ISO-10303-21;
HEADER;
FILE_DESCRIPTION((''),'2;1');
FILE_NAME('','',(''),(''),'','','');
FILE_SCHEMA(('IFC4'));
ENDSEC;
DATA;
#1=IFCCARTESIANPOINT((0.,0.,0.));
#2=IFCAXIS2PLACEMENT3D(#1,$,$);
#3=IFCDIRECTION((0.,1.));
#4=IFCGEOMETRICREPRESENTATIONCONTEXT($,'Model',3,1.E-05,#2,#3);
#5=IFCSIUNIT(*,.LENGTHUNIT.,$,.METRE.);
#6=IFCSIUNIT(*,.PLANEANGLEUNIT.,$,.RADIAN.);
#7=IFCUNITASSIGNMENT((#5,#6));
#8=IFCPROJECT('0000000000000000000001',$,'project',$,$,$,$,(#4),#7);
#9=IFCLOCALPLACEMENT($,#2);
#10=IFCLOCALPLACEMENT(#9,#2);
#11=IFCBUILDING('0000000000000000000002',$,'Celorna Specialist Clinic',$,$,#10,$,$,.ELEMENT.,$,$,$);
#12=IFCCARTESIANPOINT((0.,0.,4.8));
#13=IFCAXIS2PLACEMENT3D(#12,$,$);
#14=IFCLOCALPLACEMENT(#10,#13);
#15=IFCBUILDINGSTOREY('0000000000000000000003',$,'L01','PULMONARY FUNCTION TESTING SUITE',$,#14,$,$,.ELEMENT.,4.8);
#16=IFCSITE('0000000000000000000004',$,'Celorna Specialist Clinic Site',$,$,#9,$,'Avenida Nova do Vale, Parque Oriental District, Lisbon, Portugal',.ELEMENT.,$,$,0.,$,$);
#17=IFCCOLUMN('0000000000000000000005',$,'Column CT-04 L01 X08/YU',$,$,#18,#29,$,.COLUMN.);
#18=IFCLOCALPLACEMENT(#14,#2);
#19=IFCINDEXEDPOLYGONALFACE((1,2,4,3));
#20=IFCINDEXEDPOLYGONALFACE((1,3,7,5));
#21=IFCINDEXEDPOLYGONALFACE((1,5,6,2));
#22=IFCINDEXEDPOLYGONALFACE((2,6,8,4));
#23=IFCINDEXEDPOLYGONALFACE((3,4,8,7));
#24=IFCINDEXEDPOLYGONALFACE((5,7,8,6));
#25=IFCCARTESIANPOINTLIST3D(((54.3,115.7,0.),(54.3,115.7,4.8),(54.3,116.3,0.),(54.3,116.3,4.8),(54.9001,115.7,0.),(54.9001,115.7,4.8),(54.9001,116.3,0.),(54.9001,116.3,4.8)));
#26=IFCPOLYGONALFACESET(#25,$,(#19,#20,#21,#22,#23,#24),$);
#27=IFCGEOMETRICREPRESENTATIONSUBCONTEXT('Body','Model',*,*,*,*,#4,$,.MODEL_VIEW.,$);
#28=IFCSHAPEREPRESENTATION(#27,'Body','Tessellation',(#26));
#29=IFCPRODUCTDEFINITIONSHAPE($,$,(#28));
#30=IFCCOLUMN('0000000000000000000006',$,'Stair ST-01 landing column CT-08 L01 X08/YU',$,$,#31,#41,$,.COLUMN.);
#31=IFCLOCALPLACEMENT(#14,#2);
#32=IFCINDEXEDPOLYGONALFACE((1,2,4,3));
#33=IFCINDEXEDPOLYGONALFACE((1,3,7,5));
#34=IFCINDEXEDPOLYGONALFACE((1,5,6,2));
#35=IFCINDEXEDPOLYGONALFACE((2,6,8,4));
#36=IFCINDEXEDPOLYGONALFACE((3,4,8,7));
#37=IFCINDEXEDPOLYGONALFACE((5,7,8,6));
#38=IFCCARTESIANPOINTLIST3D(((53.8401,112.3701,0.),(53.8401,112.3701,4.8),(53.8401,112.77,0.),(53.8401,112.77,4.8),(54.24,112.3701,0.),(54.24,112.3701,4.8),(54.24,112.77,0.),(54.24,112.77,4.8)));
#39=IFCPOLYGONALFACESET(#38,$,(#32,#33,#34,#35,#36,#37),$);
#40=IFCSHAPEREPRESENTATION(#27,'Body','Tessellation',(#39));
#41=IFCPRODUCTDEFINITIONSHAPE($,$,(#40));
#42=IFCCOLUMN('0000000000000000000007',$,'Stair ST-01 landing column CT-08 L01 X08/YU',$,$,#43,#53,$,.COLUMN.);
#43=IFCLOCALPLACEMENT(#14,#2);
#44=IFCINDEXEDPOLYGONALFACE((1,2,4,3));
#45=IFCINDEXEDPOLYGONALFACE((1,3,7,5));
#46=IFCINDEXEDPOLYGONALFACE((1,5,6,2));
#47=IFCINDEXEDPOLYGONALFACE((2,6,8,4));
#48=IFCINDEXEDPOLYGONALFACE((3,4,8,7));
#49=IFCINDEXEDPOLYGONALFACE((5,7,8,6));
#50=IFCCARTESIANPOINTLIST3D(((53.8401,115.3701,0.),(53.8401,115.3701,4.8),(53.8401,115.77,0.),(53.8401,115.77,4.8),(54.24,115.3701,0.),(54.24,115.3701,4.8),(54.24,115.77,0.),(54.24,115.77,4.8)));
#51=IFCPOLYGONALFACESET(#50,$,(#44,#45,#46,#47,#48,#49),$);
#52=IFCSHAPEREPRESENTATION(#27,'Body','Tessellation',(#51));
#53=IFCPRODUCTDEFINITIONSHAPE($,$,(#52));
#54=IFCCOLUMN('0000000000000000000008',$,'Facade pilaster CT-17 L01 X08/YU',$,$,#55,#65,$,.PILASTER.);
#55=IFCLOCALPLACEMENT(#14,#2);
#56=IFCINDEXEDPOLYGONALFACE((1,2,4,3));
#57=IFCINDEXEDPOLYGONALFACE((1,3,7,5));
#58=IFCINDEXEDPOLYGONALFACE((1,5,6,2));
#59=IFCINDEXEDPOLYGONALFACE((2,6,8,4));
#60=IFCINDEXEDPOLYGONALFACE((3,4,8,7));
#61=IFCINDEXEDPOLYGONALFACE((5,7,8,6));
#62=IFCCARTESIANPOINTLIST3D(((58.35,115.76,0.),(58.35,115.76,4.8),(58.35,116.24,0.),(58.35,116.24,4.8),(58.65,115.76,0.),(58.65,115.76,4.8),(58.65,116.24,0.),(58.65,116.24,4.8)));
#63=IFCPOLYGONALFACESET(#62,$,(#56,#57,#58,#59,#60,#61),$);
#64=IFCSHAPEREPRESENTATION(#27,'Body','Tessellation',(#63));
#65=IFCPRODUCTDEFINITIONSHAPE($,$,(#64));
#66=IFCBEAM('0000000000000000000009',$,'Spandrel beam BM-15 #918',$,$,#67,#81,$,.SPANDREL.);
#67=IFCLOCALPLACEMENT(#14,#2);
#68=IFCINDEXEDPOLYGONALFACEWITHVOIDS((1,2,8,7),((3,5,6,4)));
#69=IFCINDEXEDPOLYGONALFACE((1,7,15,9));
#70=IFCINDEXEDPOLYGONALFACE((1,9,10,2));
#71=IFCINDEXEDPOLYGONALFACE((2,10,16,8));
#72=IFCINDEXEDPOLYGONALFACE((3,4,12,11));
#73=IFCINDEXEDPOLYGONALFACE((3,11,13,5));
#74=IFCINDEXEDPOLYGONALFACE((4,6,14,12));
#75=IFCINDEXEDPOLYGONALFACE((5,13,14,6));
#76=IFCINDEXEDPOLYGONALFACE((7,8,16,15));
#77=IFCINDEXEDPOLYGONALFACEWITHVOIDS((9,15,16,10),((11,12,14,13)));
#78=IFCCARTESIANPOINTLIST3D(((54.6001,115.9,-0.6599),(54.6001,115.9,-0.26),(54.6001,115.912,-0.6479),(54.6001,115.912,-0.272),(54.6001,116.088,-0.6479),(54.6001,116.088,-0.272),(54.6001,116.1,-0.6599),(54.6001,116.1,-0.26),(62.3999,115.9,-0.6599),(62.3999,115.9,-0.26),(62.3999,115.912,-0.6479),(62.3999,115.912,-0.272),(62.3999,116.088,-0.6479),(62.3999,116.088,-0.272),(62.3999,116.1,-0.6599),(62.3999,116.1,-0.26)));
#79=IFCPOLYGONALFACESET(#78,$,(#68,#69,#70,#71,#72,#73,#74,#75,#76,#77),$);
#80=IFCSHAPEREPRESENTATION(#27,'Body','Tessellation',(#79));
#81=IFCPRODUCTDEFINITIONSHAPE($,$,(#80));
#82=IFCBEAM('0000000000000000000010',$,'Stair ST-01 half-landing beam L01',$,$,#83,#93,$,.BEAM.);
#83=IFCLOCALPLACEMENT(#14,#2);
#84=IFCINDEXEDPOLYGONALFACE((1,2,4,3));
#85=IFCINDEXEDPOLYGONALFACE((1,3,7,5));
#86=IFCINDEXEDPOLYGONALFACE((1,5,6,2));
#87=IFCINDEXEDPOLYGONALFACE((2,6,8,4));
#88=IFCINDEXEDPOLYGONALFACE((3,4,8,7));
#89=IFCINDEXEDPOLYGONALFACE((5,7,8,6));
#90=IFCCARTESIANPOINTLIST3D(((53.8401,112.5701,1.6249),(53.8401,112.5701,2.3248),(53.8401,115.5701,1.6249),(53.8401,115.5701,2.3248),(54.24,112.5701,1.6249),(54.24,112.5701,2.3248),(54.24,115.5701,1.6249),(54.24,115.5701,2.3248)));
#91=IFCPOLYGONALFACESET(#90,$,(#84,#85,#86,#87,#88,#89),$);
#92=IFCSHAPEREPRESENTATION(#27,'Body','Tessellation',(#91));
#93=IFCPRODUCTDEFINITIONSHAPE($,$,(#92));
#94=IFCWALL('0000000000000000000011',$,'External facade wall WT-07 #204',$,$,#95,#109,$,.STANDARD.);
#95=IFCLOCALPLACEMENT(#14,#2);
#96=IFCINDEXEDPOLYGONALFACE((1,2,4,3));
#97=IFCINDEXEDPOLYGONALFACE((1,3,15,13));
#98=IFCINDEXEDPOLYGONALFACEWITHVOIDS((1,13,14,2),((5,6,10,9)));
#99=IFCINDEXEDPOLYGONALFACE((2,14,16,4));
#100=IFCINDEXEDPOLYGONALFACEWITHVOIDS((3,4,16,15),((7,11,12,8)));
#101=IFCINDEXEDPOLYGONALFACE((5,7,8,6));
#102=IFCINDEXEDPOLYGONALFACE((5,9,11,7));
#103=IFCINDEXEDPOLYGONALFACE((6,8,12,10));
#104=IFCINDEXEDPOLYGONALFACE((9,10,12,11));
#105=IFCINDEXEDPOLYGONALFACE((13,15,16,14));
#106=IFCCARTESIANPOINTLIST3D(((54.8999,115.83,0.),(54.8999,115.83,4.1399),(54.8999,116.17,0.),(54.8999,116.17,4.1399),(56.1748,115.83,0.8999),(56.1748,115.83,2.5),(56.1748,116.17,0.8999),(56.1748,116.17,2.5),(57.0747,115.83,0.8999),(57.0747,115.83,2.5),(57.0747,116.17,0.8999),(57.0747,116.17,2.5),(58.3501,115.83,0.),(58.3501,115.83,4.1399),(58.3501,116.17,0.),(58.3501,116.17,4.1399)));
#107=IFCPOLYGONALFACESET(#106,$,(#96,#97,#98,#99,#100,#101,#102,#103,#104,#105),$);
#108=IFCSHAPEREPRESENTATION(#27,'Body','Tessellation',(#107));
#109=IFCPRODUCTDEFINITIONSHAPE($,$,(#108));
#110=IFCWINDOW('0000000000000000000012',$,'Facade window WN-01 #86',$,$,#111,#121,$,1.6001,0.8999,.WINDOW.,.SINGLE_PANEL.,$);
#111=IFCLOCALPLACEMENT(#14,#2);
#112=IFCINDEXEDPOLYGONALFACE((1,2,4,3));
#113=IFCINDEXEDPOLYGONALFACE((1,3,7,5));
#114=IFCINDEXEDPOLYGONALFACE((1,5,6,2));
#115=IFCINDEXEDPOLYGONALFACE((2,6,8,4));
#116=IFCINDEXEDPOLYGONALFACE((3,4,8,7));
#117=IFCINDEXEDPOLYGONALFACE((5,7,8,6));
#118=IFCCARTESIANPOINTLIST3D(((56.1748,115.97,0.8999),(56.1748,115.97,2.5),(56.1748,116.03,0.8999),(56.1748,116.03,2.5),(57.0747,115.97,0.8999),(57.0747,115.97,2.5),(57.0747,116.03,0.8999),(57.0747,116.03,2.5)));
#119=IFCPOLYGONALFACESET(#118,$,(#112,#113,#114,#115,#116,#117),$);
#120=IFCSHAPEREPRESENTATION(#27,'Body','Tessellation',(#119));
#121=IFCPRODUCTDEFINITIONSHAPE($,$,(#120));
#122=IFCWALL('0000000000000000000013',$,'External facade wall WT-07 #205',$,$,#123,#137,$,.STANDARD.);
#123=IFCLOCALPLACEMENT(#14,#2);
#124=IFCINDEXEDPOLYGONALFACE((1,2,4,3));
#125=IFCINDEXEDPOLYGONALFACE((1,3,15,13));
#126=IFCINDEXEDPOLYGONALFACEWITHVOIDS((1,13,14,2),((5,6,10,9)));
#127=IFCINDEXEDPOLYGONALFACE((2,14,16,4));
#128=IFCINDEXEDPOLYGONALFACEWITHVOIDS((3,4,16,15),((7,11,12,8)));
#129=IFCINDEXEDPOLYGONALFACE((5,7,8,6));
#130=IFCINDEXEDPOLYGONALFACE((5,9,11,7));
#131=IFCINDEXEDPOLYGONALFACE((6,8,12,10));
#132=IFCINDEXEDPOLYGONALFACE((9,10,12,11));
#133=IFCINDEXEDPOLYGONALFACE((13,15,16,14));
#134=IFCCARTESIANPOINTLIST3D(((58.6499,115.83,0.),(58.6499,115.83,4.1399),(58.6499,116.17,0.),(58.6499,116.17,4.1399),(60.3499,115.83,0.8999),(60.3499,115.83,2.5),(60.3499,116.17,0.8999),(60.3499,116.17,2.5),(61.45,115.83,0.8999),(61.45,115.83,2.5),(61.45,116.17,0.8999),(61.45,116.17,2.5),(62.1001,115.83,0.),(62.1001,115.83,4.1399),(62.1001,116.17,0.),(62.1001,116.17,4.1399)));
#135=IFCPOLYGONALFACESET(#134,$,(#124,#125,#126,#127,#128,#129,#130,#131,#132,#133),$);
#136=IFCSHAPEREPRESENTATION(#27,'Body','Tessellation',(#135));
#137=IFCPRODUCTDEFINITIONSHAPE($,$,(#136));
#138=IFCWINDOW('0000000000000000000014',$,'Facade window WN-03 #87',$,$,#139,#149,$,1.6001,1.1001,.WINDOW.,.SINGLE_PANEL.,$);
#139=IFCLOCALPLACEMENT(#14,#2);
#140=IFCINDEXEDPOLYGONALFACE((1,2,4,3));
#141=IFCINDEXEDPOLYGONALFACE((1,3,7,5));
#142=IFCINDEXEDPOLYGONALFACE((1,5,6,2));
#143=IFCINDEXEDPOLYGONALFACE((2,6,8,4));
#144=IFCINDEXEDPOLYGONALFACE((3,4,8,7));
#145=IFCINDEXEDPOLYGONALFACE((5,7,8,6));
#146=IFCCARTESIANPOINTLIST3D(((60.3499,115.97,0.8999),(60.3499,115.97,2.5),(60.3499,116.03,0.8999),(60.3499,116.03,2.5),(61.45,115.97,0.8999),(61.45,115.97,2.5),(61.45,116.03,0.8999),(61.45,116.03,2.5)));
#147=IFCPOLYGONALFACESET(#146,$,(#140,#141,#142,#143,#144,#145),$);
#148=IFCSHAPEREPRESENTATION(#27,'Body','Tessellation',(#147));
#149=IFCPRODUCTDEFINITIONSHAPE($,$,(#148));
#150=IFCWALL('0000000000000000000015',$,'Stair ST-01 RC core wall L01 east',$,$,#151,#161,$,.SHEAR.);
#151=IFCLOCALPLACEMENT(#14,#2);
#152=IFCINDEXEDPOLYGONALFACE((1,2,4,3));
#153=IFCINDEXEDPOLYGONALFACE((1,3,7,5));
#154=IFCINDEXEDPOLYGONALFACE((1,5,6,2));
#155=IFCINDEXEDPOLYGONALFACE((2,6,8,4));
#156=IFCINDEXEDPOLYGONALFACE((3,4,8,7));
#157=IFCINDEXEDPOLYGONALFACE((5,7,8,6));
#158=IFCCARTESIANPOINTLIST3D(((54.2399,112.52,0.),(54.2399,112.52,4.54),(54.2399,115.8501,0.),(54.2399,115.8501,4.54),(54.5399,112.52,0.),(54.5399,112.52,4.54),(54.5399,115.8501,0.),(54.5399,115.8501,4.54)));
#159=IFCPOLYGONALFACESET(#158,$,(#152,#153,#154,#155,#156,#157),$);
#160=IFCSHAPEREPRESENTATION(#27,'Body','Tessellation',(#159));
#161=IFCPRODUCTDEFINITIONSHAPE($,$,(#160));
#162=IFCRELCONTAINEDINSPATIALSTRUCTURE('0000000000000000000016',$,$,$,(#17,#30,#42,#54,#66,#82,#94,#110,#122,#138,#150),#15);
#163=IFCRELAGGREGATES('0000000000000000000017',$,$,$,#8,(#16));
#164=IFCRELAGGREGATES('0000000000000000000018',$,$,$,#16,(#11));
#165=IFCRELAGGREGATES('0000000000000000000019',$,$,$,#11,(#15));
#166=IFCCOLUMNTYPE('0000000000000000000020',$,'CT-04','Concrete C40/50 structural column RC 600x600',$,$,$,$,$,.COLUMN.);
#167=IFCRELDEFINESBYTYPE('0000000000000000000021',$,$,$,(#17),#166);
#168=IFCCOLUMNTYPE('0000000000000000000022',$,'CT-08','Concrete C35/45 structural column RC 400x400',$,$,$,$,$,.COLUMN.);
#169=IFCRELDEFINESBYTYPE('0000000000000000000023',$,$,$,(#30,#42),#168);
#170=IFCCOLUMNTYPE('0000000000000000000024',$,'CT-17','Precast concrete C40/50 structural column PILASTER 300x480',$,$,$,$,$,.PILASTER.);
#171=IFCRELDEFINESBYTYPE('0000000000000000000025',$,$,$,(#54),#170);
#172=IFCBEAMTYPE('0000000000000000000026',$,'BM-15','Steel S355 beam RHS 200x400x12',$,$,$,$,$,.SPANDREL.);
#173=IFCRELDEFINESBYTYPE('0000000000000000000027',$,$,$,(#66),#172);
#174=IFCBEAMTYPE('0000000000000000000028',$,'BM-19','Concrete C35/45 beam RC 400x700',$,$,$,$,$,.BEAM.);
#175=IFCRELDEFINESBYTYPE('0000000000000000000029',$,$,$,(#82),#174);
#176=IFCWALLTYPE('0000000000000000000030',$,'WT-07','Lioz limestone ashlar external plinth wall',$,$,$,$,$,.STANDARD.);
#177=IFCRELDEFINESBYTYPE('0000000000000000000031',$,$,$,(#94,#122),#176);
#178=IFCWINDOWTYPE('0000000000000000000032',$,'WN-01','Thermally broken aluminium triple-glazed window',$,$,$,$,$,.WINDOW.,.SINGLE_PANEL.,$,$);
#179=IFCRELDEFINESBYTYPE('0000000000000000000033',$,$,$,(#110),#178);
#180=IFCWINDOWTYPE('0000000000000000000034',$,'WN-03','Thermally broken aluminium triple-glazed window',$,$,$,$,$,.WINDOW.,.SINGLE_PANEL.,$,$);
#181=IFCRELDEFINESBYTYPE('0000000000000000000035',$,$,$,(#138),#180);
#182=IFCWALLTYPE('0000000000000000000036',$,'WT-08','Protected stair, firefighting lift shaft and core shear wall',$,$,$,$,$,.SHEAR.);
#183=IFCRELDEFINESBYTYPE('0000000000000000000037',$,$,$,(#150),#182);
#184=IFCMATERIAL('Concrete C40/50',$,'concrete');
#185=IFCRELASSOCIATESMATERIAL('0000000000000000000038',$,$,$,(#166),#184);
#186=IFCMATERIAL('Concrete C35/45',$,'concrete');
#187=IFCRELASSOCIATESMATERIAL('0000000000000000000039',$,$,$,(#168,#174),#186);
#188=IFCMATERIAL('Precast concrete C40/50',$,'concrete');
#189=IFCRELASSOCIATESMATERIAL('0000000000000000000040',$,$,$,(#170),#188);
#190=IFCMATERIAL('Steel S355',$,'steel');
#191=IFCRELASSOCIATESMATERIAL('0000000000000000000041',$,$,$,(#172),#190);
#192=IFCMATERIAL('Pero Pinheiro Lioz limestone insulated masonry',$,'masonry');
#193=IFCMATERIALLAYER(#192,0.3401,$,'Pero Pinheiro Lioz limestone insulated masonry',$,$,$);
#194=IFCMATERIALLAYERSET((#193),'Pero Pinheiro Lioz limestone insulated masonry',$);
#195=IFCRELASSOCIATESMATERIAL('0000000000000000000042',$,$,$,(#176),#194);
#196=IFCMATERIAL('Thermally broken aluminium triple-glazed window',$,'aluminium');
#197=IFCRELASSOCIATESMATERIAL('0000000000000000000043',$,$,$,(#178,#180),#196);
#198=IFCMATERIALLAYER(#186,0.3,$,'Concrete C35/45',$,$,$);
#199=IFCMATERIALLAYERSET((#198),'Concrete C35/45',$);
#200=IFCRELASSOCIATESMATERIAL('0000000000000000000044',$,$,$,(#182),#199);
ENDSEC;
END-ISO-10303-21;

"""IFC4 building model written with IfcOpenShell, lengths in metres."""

from ifc_helpers import new_model, si_unit, direction, frame, frame_2d, origin, origin_2d, place, context, subcontext, project, spatial, rectangle, hollow_rectangle, extrude, material, layer, layer_set, material_profile, profile_set, type_object, element, fill, save


model = new_model("IFC4")

# Units and contexts
model_context = context("Model", 3, precision=1e-05, world=origin(), true_north=direction((0.0, 1.0)))
body_context = subcontext(model_context, "Body", "Model", "MODEL_VIEW")
ifc_project = project(units=[si_unit("LENGTHUNIT", "METRE"), si_unit("PLANEANGLEUNIT", "RADIAN")], contexts=[model_context])

# Site, building, storey
site_placement = place(None, origin())
site = spatial("IfcSite", under=ifc_project, at=site_placement, Name="Celorna Specialist Clinic Site", LongName="Avenida Nova do Vale, Parque Oriental District, Lisbon, Portugal", CompositionType="ELEMENT", RefElevation=0.0)
building_placement = place(site_placement, origin())
building = spatial("IfcBuilding", under=site, at=building_placement, Name="Celorna Specialist Clinic", CompositionType="ELEMENT")
storey_placement = place(building_placement, frame((0.0, 0.0, 4.8)))
storey = spatial("IfcBuildingStorey", under=building, at=storey_placement, Name="L01", Description="PULMONARY FUNCTION TESTING SUITE", CompositionType="ELEMENT", Elevation=4.8)

# Columns
ifc_material_1 = material(Name="Concrete C40/50", Category="concrete")
ifc_material_profile_1 = material_profile(ifc_material_1, rectangle(XDim=0.6001, YDim=0.6001, at=origin_2d()), Name="RC 600x600")
ifc_profile_set_1 = profile_set([ifc_material_profile_1], Name="Concrete C40/50")
column_type_1 = type_object("IfcColumnType", Name="CT-04", Description="Concrete C40/50 structural column RC 600x600", PredefinedType="COLUMN", material=ifc_profile_set_1)
column_1_placement = place(storey_placement, frame((54.6001, 116.0, 0.0), z_axis=(0.0, 0.0, 1.0), x_axis=(1.0, 0.0, 0.0)))
element("IfcColumn", 1, at=column_1_placement, inside=storey, type_object=column_type_1, Name="Column CT-04 L01 X08/YU", PredefinedType="COLUMN", context=body_context, shape_type="SweptSolid", body=[
    extrude(rectangle(XDim=0.6001, YDim=0.6001, at=origin_2d()), origin(), (0.0, 0.0, 1.0), 4.8),
])
ifc_material_2 = material(Name="Concrete C35/45", Category="concrete")
ifc_material_profile_2 = material_profile(ifc_material_2, rectangle(XDim=0.3999, YDim=0.3999, at=origin_2d()), Name="RC 400x400")
ifc_profile_set_2 = profile_set([ifc_material_profile_2], Name="Concrete C35/45")
column_type_2 = type_object("IfcColumnType", Name="CT-08", Description="Concrete C35/45 structural column RC 400x400", PredefinedType="COLUMN", material=ifc_profile_set_2)
for number, where, z_axis, x_axis, name in (
    (2, (54.04, 112.5701, 0.0), (0.0, 0.0, 1.0), (1.0, 0.0, 0.0), "Stair ST-01 landing column CT-08 L01 X08/YU"),
    (3, (54.04, 115.5701, 0.0), (0.0, 0.0, 1.0), (1.0, 0.0, 0.0), "Stair ST-01 landing column CT-08 L01 X08/YU"),
):
    element("IfcColumn", number, at=place(storey_placement, frame(where, z_axis=z_axis, x_axis=x_axis)), inside=storey, type_object=column_type_2, Name=name, PredefinedType="COLUMN", context=body_context, shape_type="SweptSolid", body=[
        extrude(rectangle(XDim=0.3999, YDim=0.3999, at=origin_2d()), origin(), (0.0, 0.0, 1.0), 4.8),
    ])
ifc_material_3 = material(Name="Precast concrete C40/50", Category="concrete")
ifc_material_profile_3 = material_profile(ifc_material_3, rectangle(XDim=0.3, YDim=0.48, at=origin_2d()), Name="PILASTER 300x480")
ifc_profile_set_3 = profile_set([ifc_material_profile_3], Name="Precast concrete C40/50")
column_type_3 = type_object("IfcColumnType", Name="CT-17", Description="Precast concrete C40/50 structural column PILASTER 300x480", PredefinedType="PILASTER", material=ifc_profile_set_3)
column_2_placement = place(storey_placement, frame((58.5, 116.0, 0.0), z_axis=(0.0, 0.0, 1.0), x_axis=(1.0, 0.0, 0.0)))
element("IfcColumn", 4, at=column_2_placement, inside=storey, type_object=column_type_3, Name="Facade pilaster CT-17 L01 X08/YU", PredefinedType="PILASTER", context=body_context, shape_type="SweptSolid", body=[
    extrude(rectangle(XDim=0.3, YDim=0.48, at=origin_2d()), origin(), (0.0, 0.0, 1.0), 4.8),
])

# Beams
ifc_material_4 = material(Name="Steel S355", Category="steel")
ifc_material_profile_4 = material_profile(ifc_material_4, hollow_rectangle(XDim=0.2, YDim=0.3999, WallThickness=0.012, at=origin_2d()), Name="RHS 200x400x12")
ifc_profile_set_4 = profile_set([ifc_material_profile_4], Name="Steel S355")
beam_type_1 = type_object("IfcBeamType", Name="BM-15", Description="Steel S355 beam RHS 200x400x12", PredefinedType="SPANDREL", material=ifc_profile_set_4)
beam_1_placement = place(storey_placement, frame((54.6001, 116.0, -0.46), z_axis=(1.0, 0.0, 0.0), x_axis=(0.0, 1.0, 0.0)))
element("IfcBeam", 5, at=beam_1_placement, inside=storey, type_object=beam_type_1, Name="Spandrel beam BM-15 #918", PredefinedType="SPANDREL", context=body_context, shape_type="SweptSolid", body=[
    extrude(hollow_rectangle(XDim=0.2, YDim=0.3999, WallThickness=0.012, at=origin_2d()), origin(), (0.0, 0.0, 1.0), 7.7998),
])
ifc_material_profile_5 = material_profile(ifc_material_2, rectangle(XDim=0.3999, YDim=0.7, at=origin_2d()), Name="RC 400x700")
ifc_profile_set_5 = profile_set([ifc_material_profile_5], Name="Concrete C35/45")
beam_type_2 = type_object("IfcBeamType", Name="BM-19", Description="Concrete C35/45 beam RC 400x700", PredefinedType="BEAM", material=ifc_profile_set_5)
beam_2_placement = place(storey_placement, frame((54.04, 112.5701, 1.9749), z_axis=(0.0, 1.0, 0.0), x_axis=(-1.0, 0.0, 0.0)))
element("IfcBeam", 6, at=beam_2_placement, inside=storey, type_object=beam_type_2, Name="Stair ST-01 half-landing beam L01", PredefinedType="BEAM", context=body_context, shape_type="SweptSolid", body=[
    extrude(rectangle(XDim=0.3999, YDim=0.7, at=origin_2d()), origin(), (0.0, 0.0, 1.0), 3.0),
])

# Walls, openings, windows
ifc_material_5 = material(Name="Pero Pinheiro Lioz limestone insulated masonry", Category="masonry")
ifc_layer_1 = layer(ifc_material_5, 0.3401, Name="Pero Pinheiro Lioz limestone insulated masonry")
ifc_layer_set_1 = layer_set([ifc_layer_1], Name="Pero Pinheiro Lioz limestone insulated masonry")
wall_type_1 = type_object("IfcWallType", Name="WT-07", Description="Lioz limestone ashlar external plinth wall", PredefinedType="STANDARD", material=ifc_layer_set_1)
wall_1_placement = place(storey_placement, frame((54.8999, 116.0, 0.0), z_axis=(0.0, 0.0, 1.0), x_axis=(1.0, 0.0, 0.0)))
wall_1 = element("IfcWall", 7, at=wall_1_placement, inside=storey, type_object=wall_type_1, Name="External facade wall WT-07 #204", PredefinedType="STANDARD", context=body_context, shape_type="SweptSolid", body=[
    extrude(rectangle(XDim=3.4502, YDim=0.3401, at=frame_2d((1.7251, 0.0))), origin(), (0.0, 0.0, 1.0), 4.1399),
])
opening_1_placement = place(wall_1_placement, frame((1.2749, 0.0, 0.8999)))
opening_1 = element("IfcOpeningElement", 8, at=opening_1_placement, cuts=wall_1, PredefinedType="OPENING", context=body_context, shape_type="SweptSolid", body=[
    extrude(rectangle(XDim=0.8999, YDim=1.6001, at=frame_2d((0.45, 0.8))), frame((0.0, 0.1799, 0.0), z_axis=(0.0, -1.0, 0.0), x_axis=(1.0, 0.0, 0.0)), (0.0, 0.0, 1.0), 0.3601),
])
ifc_material_6 = material(Name="Thermally broken aluminium triple-glazed window", Category="aluminium")
window_type_1 = type_object("IfcWindowType", Name="WN-01", Description="Thermally broken aluminium triple-glazed window", PartitioningType="SINGLE_PANEL", PredefinedType="WINDOW", material=ifc_material_6)
window_1_placement = place(opening_1_placement, origin())
window_1 = element("IfcWindow", 9, at=window_1_placement, inside=storey, type_object=window_type_1, Name="Facade window WN-01 #86", OverallHeight=1.6001, OverallWidth=0.8999, PartitioningType="SINGLE_PANEL", PredefinedType="WINDOW", context=body_context, shape_type="SweptSolid", body=[
    extrude(rectangle(XDim=0.8999, YDim=1.6001, at=frame_2d((0.45, 0.8))), frame((0.0, 0.03, 0.0), z_axis=(0.0, -1.0, 0.0), x_axis=(1.0, 0.0, 0.0)), (0.0, 0.0, 1.0), 0.0601),
])
fill(opening_1, window_1)
wall_2_placement = place(storey_placement, frame((58.6499, 116.0, 0.0), z_axis=(0.0, 0.0, 1.0), x_axis=(1.0, 0.0, 0.0)))
wall_2 = element("IfcWall", 10, at=wall_2_placement, inside=storey, type_object=wall_type_1, Name="External facade wall WT-07 #205", PredefinedType="STANDARD", context=body_context, shape_type="SweptSolid", body=[
    extrude(rectangle(XDim=3.4502, YDim=0.3401, at=frame_2d((1.7251, 0.0))), origin(), (0.0, 0.0, 1.0), 4.1399),
])
opening_2_placement = place(wall_2_placement, frame((1.7, 0.0, 0.8999)))
opening_2 = element("IfcOpeningElement", 11, at=opening_2_placement, cuts=wall_2, PredefinedType="OPENING", context=body_context, shape_type="SweptSolid", body=[
    extrude(rectangle(XDim=1.1001, YDim=1.6001, at=frame_2d((0.55, 0.8))), frame((0.0, 0.1799, 0.0), z_axis=(0.0, -1.0, 0.0), x_axis=(1.0, 0.0, 0.0)), (0.0, 0.0, 1.0), 0.3601),
])
window_type_2 = type_object("IfcWindowType", Name="WN-03", Description="Thermally broken aluminium triple-glazed window", PartitioningType="SINGLE_PANEL", PredefinedType="WINDOW", material=ifc_material_6)
window_2_placement = place(opening_2_placement, origin())
window_2 = element("IfcWindow", 12, at=window_2_placement, inside=storey, type_object=window_type_2, Name="Facade window WN-03 #87", OverallHeight=1.6001, OverallWidth=1.1001, PartitioningType="SINGLE_PANEL", PredefinedType="WINDOW", context=body_context, shape_type="SweptSolid", body=[
    extrude(rectangle(XDim=1.1001, YDim=1.6001, at=frame_2d((0.55, 0.8))), frame((0.0, 0.03, 0.0), z_axis=(0.0, -1.0, 0.0), x_axis=(1.0, 0.0, 0.0)), (0.0, 0.0, 1.0), 0.0601),
])
fill(opening_2, window_2)

# Wall
ifc_layer_2 = layer(ifc_material_2, 0.3, Name="Concrete C35/45")
ifc_layer_set_2 = layer_set([ifc_layer_2], Name="Concrete C35/45")
wall_type_2 = type_object("IfcWallType", Name="WT-08", Description="Protected stair, firefighting lift shaft and core shear wall", PredefinedType="SHEAR", material=ifc_layer_set_2)
wall_3_placement = place(storey_placement, frame((54.3899, 112.52, 0.0), z_axis=(0.0, 0.0, 1.0), x_axis=(0.0, 1.0, 0.0)))
element("IfcWall", 13, at=wall_3_placement, inside=storey, type_object=wall_type_2, Name="Stair ST-01 RC core wall L01 east", PredefinedType="SHEAR", context=body_context, shape_type="SweptSolid", body=[
    extrude(rectangle(XDim=3.3301, YDim=0.3, at=frame_2d((1.665, 0.0))), origin(), (0.0, 0.0, 1.0), 4.54),
])

save(model, "model.ifc")
